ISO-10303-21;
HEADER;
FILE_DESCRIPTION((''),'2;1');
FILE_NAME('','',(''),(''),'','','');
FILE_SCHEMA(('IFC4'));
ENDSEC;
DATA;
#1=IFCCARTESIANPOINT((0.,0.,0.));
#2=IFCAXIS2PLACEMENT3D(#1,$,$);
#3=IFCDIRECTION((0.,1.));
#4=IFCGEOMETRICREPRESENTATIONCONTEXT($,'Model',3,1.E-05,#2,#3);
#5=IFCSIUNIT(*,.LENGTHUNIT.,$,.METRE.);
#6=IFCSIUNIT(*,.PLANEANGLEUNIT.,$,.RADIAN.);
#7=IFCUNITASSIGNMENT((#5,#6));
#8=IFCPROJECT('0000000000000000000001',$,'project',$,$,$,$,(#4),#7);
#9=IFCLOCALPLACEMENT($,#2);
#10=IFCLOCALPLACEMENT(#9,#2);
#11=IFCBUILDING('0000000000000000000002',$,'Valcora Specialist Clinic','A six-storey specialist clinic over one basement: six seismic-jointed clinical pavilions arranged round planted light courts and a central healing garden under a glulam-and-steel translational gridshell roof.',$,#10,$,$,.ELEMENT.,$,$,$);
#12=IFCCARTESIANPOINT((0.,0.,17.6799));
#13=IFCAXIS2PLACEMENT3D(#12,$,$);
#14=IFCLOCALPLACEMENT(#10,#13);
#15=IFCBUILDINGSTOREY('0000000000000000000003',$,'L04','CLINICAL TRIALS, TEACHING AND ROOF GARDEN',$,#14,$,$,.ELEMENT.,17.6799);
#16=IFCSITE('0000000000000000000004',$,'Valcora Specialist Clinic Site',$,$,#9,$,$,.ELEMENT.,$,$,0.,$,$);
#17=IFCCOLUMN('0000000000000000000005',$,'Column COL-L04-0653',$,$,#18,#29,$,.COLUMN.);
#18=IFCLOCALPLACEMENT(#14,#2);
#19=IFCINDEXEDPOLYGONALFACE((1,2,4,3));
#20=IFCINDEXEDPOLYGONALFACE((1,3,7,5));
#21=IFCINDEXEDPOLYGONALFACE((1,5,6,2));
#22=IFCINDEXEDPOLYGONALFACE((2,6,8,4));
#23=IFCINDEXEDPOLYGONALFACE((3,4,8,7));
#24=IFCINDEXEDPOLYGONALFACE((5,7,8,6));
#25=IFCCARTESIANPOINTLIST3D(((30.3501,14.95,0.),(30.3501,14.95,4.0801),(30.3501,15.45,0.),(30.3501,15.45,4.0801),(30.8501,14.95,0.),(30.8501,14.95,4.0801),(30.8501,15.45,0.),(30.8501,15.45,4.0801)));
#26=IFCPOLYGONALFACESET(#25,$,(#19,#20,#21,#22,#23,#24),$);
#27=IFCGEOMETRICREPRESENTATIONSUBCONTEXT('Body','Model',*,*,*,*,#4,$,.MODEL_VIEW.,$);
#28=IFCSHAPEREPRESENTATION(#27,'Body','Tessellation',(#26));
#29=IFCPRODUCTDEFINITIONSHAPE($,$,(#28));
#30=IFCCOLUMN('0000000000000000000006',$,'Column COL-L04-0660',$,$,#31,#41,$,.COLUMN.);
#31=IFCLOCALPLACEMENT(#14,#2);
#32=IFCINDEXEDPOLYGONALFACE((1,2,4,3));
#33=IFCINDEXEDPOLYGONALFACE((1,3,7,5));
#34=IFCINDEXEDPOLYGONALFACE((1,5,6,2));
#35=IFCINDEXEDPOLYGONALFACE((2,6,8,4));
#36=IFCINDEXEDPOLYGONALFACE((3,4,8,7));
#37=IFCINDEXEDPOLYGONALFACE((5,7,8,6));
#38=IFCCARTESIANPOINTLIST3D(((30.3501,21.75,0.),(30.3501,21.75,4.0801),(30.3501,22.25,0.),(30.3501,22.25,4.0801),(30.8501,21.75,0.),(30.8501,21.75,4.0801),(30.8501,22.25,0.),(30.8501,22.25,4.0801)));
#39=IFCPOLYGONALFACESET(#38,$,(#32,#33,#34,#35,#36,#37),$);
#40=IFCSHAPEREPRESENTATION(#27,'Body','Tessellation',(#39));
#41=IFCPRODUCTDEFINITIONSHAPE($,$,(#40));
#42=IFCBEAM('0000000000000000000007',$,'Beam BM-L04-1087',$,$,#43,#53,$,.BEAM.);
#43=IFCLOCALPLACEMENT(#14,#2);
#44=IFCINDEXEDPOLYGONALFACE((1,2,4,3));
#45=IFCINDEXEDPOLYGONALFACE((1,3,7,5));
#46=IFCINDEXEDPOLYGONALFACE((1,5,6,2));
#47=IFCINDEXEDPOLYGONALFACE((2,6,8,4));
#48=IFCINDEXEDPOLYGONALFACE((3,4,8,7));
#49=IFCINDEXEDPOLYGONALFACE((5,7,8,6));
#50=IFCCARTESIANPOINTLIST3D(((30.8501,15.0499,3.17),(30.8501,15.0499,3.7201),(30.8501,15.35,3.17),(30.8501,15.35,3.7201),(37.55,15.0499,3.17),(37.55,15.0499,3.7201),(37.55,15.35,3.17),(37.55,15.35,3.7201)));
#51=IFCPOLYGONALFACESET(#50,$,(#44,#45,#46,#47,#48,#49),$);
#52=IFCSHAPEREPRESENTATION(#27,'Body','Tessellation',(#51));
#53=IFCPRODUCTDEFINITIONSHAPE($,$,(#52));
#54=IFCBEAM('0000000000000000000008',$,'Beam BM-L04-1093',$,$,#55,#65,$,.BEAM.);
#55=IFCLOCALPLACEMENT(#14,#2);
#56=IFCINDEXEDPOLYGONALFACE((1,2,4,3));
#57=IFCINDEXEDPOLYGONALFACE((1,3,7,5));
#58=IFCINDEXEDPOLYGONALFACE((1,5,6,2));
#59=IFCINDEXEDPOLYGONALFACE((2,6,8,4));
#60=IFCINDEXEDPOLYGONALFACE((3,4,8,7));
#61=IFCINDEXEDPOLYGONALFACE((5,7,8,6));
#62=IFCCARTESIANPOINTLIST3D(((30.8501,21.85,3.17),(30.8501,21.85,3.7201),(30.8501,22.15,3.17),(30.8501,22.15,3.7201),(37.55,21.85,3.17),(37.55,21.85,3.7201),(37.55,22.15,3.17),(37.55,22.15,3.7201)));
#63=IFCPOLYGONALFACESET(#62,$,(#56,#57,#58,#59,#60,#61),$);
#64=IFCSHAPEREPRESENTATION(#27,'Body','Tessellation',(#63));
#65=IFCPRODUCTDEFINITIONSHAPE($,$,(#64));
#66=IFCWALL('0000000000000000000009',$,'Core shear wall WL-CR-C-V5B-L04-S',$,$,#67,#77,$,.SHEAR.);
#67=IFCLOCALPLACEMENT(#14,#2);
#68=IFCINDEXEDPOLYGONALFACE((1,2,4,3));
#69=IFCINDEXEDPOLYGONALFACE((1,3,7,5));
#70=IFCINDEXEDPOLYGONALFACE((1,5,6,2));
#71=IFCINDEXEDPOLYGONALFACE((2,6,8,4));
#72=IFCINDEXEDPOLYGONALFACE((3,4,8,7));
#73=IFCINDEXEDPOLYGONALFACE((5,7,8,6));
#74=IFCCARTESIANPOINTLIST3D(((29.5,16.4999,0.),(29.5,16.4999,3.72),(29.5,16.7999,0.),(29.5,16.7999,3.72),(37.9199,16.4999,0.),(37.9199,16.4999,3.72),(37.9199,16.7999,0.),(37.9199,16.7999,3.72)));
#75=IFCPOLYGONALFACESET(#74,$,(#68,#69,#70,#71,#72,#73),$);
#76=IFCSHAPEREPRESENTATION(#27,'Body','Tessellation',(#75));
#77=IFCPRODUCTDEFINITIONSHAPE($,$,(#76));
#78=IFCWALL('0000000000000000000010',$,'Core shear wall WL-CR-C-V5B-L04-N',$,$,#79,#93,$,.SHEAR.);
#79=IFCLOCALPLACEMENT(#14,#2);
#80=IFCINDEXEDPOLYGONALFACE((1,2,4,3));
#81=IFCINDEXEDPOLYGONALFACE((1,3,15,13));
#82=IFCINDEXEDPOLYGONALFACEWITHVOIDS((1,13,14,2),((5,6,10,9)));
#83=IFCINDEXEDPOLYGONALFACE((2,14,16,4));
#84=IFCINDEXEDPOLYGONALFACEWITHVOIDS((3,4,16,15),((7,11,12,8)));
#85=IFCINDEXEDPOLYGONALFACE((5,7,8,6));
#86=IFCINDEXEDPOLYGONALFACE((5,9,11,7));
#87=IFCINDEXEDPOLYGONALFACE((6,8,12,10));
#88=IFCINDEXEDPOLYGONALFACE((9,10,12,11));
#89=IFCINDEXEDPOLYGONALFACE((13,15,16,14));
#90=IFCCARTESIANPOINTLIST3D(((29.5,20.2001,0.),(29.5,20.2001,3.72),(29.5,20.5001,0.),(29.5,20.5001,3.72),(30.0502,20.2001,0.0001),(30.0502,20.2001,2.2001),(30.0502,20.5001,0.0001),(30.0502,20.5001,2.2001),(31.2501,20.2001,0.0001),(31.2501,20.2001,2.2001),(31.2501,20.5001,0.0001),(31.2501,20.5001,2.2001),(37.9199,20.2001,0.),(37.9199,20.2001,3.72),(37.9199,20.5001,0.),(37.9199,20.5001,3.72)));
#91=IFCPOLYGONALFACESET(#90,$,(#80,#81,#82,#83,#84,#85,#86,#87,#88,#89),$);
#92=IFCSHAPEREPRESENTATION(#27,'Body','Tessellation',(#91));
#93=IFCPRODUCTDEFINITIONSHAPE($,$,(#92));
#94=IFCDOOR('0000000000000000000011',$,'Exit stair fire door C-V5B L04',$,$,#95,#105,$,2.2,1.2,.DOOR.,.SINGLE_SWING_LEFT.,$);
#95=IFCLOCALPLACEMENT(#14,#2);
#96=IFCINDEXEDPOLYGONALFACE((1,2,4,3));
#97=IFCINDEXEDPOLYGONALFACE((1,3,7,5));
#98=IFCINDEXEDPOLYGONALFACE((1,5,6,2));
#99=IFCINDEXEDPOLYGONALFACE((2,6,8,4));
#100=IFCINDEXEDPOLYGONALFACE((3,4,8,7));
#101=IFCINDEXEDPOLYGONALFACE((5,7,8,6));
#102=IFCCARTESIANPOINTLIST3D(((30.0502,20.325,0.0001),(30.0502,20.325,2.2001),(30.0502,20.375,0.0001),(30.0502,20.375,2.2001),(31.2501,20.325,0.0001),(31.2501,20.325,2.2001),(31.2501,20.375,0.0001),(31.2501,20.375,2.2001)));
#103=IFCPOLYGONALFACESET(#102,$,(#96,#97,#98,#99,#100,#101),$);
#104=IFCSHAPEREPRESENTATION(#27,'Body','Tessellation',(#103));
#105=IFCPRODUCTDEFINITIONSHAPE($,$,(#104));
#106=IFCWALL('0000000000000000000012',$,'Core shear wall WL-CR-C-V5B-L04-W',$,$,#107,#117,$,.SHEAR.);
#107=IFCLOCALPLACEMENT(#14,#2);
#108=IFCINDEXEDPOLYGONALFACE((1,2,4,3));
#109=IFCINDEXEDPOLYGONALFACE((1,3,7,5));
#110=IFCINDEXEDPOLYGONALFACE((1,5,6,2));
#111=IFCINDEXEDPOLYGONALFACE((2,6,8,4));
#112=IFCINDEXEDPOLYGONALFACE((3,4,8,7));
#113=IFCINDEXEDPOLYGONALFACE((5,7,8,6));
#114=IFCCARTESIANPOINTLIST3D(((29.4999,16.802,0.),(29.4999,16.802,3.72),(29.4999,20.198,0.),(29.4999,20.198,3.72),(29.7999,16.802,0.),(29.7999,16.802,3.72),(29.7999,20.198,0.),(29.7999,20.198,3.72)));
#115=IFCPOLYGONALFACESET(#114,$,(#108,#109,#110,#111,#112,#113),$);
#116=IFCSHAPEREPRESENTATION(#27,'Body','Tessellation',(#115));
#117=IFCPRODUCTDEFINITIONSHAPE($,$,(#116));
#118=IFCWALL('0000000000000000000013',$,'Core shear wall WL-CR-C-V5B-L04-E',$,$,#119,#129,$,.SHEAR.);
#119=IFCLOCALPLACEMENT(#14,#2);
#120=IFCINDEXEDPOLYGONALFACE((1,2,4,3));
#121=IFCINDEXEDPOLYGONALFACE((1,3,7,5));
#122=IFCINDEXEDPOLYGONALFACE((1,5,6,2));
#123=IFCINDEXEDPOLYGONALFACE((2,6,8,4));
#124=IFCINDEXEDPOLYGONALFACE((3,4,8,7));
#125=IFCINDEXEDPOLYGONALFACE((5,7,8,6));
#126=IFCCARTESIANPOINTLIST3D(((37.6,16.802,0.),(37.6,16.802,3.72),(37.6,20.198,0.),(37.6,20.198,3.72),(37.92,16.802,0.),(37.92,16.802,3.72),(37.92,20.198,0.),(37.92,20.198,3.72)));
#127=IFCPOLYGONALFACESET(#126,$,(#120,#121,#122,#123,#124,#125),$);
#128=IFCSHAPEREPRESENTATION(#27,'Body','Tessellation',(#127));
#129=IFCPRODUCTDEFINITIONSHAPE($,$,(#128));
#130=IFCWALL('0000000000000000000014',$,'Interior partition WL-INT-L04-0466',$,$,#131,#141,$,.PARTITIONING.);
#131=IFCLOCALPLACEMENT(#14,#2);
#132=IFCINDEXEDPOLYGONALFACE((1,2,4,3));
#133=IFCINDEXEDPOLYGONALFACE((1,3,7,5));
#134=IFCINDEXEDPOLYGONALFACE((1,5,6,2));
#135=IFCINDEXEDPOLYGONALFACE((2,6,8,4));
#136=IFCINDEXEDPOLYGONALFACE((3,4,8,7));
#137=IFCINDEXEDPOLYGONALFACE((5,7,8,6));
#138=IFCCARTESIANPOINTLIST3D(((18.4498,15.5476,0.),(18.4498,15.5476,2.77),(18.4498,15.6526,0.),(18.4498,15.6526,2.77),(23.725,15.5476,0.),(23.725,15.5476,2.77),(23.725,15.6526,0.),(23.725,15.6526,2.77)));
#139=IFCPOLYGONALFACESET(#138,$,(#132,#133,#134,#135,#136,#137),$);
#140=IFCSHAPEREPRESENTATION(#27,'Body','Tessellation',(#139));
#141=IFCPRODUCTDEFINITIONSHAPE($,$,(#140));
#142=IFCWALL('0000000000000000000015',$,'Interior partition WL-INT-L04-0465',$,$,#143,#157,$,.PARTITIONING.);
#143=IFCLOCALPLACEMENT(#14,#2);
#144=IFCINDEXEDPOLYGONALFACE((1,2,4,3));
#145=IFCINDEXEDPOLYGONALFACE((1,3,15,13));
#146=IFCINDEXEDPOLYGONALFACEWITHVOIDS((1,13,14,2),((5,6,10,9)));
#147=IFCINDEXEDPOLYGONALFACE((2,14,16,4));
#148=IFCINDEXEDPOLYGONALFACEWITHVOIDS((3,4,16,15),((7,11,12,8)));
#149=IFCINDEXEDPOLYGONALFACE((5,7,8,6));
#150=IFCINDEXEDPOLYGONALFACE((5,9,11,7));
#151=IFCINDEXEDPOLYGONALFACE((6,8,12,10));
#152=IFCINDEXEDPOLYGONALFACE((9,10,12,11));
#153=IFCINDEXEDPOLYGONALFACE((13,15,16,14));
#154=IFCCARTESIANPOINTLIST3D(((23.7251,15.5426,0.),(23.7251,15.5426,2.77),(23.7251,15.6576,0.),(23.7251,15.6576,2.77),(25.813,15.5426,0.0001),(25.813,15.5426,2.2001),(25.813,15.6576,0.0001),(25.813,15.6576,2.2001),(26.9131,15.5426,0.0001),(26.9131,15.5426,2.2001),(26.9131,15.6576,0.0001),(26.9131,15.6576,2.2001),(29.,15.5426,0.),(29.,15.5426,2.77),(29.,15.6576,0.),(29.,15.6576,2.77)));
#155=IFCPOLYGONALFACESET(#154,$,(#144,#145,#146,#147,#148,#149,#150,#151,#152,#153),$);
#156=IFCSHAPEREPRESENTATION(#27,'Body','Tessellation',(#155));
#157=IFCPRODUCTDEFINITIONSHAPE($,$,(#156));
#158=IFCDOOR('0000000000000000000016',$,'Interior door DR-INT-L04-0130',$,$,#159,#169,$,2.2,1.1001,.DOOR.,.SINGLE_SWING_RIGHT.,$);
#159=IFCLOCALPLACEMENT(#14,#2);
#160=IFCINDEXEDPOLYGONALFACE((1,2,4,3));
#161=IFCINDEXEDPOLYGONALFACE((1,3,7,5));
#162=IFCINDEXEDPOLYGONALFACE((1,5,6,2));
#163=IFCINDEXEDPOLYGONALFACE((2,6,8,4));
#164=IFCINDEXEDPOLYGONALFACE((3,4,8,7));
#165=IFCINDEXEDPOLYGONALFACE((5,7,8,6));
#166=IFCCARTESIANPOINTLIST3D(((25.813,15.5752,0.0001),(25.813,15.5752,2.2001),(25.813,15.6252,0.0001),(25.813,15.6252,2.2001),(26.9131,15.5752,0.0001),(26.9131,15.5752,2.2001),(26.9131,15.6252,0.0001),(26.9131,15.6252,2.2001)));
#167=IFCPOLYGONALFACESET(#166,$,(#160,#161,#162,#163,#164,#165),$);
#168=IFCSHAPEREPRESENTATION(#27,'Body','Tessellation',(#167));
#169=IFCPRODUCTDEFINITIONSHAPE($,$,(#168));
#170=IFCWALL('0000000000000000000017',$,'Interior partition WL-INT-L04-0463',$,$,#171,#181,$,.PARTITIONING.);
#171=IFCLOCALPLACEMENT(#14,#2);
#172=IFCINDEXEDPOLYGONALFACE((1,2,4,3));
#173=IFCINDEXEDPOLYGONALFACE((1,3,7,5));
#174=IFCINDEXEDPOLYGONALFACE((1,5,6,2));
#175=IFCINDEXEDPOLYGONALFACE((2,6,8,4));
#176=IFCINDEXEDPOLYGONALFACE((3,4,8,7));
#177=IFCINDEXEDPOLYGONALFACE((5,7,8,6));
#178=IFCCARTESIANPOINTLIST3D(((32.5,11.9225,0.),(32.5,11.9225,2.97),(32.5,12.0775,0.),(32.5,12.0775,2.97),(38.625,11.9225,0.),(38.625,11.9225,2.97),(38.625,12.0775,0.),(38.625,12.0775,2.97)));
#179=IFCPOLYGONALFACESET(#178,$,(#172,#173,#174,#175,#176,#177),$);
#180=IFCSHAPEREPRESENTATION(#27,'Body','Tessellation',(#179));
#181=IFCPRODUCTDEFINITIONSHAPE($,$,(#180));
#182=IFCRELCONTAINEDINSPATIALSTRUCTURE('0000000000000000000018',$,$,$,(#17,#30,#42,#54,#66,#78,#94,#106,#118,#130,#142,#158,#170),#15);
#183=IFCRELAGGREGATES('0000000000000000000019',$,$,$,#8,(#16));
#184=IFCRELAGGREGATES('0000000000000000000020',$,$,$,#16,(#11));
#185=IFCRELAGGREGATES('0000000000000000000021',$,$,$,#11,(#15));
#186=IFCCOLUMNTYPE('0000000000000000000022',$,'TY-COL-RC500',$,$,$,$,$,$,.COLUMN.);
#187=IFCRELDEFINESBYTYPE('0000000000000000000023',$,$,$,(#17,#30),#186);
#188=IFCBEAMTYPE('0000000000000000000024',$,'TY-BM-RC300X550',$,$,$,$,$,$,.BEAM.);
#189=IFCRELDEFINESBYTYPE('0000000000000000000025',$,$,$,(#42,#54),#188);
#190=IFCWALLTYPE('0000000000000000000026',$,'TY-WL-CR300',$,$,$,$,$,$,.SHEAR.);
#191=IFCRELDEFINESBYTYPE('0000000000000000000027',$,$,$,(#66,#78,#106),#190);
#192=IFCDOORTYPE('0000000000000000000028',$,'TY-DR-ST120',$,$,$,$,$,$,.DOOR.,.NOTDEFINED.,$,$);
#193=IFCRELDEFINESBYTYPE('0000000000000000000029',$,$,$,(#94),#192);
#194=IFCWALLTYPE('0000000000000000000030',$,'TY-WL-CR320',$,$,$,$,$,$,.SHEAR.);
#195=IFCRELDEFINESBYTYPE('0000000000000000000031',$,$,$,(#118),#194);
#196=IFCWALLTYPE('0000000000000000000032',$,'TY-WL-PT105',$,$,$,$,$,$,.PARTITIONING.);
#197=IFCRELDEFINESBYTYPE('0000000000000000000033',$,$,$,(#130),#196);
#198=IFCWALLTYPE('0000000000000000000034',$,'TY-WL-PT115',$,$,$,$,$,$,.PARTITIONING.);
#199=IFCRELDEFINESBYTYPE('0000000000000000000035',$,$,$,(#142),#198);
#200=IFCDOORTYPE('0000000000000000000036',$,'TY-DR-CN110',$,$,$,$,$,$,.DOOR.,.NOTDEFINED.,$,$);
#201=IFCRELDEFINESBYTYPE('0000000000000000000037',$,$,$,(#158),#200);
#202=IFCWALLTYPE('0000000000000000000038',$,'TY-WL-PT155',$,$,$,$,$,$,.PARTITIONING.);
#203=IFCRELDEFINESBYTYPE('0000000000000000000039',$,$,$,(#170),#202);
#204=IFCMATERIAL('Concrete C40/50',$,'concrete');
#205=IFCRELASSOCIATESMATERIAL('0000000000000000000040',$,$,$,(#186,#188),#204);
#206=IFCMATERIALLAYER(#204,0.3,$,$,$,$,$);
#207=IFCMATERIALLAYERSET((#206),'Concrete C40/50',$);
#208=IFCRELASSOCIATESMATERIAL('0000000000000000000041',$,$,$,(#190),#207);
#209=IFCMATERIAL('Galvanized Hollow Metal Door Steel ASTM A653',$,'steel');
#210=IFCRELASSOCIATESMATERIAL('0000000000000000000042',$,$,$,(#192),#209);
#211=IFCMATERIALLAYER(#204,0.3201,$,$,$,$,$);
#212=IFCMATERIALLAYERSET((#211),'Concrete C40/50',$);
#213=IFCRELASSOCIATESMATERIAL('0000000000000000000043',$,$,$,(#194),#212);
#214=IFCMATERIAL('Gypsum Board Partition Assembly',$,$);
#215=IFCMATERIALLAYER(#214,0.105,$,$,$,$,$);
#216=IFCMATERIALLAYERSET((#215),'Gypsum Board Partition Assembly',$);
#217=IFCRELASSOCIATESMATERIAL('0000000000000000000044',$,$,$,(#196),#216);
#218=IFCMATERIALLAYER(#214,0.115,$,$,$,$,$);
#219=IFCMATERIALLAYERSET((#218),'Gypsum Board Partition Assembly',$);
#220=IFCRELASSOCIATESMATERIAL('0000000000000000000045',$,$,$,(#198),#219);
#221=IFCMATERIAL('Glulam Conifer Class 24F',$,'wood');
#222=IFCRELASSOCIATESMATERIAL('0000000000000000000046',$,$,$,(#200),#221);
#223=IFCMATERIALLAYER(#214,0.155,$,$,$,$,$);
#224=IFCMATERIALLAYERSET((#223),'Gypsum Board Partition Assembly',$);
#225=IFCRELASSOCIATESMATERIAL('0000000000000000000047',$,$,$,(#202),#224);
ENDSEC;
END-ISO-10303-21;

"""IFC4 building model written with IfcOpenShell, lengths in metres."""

from ifc_helpers import new_model, si_unit, direction, frame, frame_2d, origin, origin_2d, place, context, subcontext, project, spatial, rectangle, extrude, material, layer, layer_set, material_profile, profile_set, type_object, element, fill, save


model = new_model("IFC4")

# Units and contexts
model_context = context("Model", 3, precision=1e-05, world=origin(), true_north=direction((0.0, 1.0)))
body_context = subcontext(model_context, "Body", "Model", "MODEL_VIEW")
ifc_project = project(units=[si_unit("LENGTHUNIT", "METRE"), si_unit("PLANEANGLEUNIT", "RADIAN")], contexts=[model_context])

# Site, building, storey
site_placement = place(None, origin())
site = spatial("IfcSite", under=ifc_project, at=site_placement, Name="Valcora Specialist Clinic Site", CompositionType="ELEMENT", RefElevation=0.0)
building_placement = place(site_placement, origin())
building = spatial("IfcBuilding", under=site, at=building_placement, Name="Valcora Specialist Clinic", Description="A six-storey specialist clinic over one basement: six seismic-jointed clinical pavilions arranged round planted light courts and a central healing garden under a glulam-and-steel translational gridshell roof.", CompositionType="ELEMENT")
storey_placement = place(building_placement, frame((0.0, 0.0, 17.6799)))
storey = spatial("IfcBuildingStorey", under=building, at=storey_placement, Name="L04", Description="CLINICAL TRIALS, TEACHING AND ROOF GARDEN", CompositionType="ELEMENT", Elevation=17.6799)

# Columns
ifc_material_1 = material(Name="Concrete C40/50", Category="concrete")
ifc_material_profile_1 = material_profile(ifc_material_1, rectangle(XDim=0.5, YDim=0.5, at=origin_2d()), Name="RC-COL-500X500")
ifc_profile_set_1 = profile_set([ifc_material_profile_1], Name="Concrete C40/50")
column_type = type_object("IfcColumnType", Name="TY-COL-RC500", PredefinedType="COLUMN", material=ifc_profile_set_1)
for number, where, z_axis, x_axis, name in (
    (1, (30.6001, 15.2, 0.0), (0.0, 0.0, 1.0), (1.0, 0.0, 0.0), "Column COL-L04-0653"),
    (2, (30.6001, 22.0, 0.0), (0.0, 0.0, 1.0), (1.0, 0.0, 0.0), "Column COL-L04-0660"),
):
    element("IfcColumn", number, at=place(storey_placement, frame(where, z_axis=z_axis, x_axis=x_axis)), inside=storey, type_object=column_type, Name=name, PredefinedType="COLUMN", context=body_context, shape_type="SweptSolid", body=[
        extrude(rectangle(XDim=0.5, YDim=0.5, at=origin_2d()), origin(), (0.0, 0.0, 1.0), 4.0801),
    ])

# Beams
ifc_material_profile_2 = material_profile(ifc_material_1, rectangle(XDim=0.3, YDim=0.55, at=origin_2d()), Name="RC-BM-300X550")
ifc_profile_set_2 = profile_set([ifc_material_profile_2], Name="Concrete C40/50")
beam_type = type_object("IfcBeamType", Name="TY-BM-RC300X550", PredefinedType="BEAM", material=ifc_profile_set_2)
for number, where, z_axis, x_axis, name in (
    (3, (30.8501, 15.2, 3.4451), (1.0, 0.0, 0.0), (0.0, 1.0, 0.0), "Beam BM-L04-1087"),
    (4, (30.8501, 22.0, 3.4451), (1.0, 0.0, 0.0), (0.0, 1.0, 0.0), "Beam BM-L04-1093"),
):
    element("IfcBeam", number, at=place(storey_placement, frame(where, z_axis=z_axis, x_axis=x_axis)), inside=storey, type_object=beam_type, Name=name, PredefinedType="BEAM", context=body_context, shape_type="SweptSolid", body=[
        extrude(rectangle(XDim=0.3, YDim=0.55, at=origin_2d()), origin(), (0.0, 0.0, 1.0), 6.7),
    ])

# Wall
ifc_layer_1 = layer(ifc_material_1, 0.3)
ifc_layer_set_1 = layer_set([ifc_layer_1], Name="Concrete C40/50")
wall_type_1 = type_object("IfcWallType", Name="TY-WL-CR300", PredefinedType="SHEAR", material=ifc_layer_set_1)
wall_1_placement = place(storey_placement, frame((29.5, 16.6499, 0.0), z_axis=(0.0, 0.0, 1.0), x_axis=(1.0, 0.0, 0.0)))
element("IfcWall", 5, at=wall_1_placement, inside=storey, type_object=wall_type_1, Name="Core shear wall WL-CR-C-V5B-L04-S", PredefinedType="SHEAR", context=body_context, shape_type="SweptSolid", body=[
    extrude(rectangle(XDim=8.4199, YDim=0.3, at=frame_2d((4.21, 0.0))), origin(), (0.0, 0.0, 1.0), 3.72),
])

# Wall, opening, door
wall_2_placement = place(storey_placement, frame((29.5, 20.3501, 0.0), z_axis=(0.0, 0.0, 1.0), x_axis=(1.0, 0.0, 0.0)))
wall_2 = element("IfcWall", 6, at=wall_2_placement, inside=storey, type_object=wall_type_1, Name="Core shear wall WL-CR-C-V5B-L04-N", PredefinedType="SHEAR", context=body_context, shape_type="SweptSolid", body=[
    extrude(rectangle(XDim=8.4199, YDim=0.3, at=frame_2d((4.21, 0.0))), origin(), (0.0, 0.0, 1.0), 3.72),
])
opening_1_placement = place(wall_2_placement, frame((0.55, 0.0, 0.0)))
opening_1 = element("IfcOpeningElement", 7, at=opening_1_placement, cuts=wall_2, PredefinedType="OPENING", context=body_context, shape_type="SweptSolid", body=[
    extrude(rectangle(XDim=1.2, YDim=2.2, at=frame_2d((0.6001, 1.1001))), frame((0.0, 0.1599, 0.0), z_axis=(0.0, -1.0, 0.0), x_axis=(1.0, 0.0, 0.0)), (0.0, 0.0, 1.0), 0.3201),
])
ifc_material_2 = material(Name="Galvanized Hollow Metal Door Steel ASTM A653", Category="steel")
door_type_1 = type_object("IfcDoorType", Name="TY-DR-ST120", OperationType="NOTDEFINED", PredefinedType="DOOR", material=ifc_material_2)
door_1_placement = place(opening_1_placement, origin())
door_1 = element("IfcDoor", 8, at=door_1_placement, inside=storey, type_object=door_type_1, Name="Exit stair fire door C-V5B L04", OperationType="SINGLE_SWING_LEFT", OverallHeight=2.2, OverallWidth=1.2, PredefinedType="DOOR", context=body_context, shape_type="SweptSolid", body=[
    extrude(rectangle(XDim=1.2, YDim=2.2, at=frame_2d((0.6001, 1.1001))), frame((0.0, 0.0249, 0.0), z_axis=(0.0, -1.0, 0.0), x_axis=(1.0, 0.0, 0.0)), (0.0, 0.0, 1.0), 0.05),
])
fill(opening_1, door_1)

# Walls
wall_3_placement = place(storey_placement, frame((29.6499, 16.802, 0.0), z_axis=(0.0, 0.0, 1.0), x_axis=(0.0, 1.0, 0.0)))
element("IfcWall", 9, at=wall_3_placement, inside=storey, type_object=wall_type_1, Name="Core shear wall WL-CR-C-V5B-L04-W", PredefinedType="SHEAR", context=body_context, shape_type="SweptSolid", body=[
    extrude(rectangle(XDim=3.396, YDim=0.3, at=frame_2d((1.698, 0.0))), origin(), (0.0, 0.0, 1.0), 3.72),
])
ifc_layer_2 = layer(ifc_material_1, 0.3201)
ifc_layer_set_2 = layer_set([ifc_layer_2], Name="Concrete C40/50")
wall_type_2 = type_object("IfcWallType", Name="TY-WL-CR320", PredefinedType="SHEAR", material=ifc_layer_set_2)
wall_4_placement = place(storey_placement, frame((37.76, 16.802, 0.0), z_axis=(0.0, 0.0, 1.0), x_axis=(0.0, 1.0, 0.0)))
element("IfcWall", 10, at=wall_4_placement, inside=storey, type_object=wall_type_2, Name="Core shear wall WL-CR-C-V5B-L04-E", PredefinedType="SHEAR", context=body_context, shape_type="SweptSolid", body=[
    extrude(rectangle(XDim=3.396, YDim=0.3201, at=frame_2d((1.698, 0.0))), origin(), (0.0, 0.0, 1.0), 3.72),
])
ifc_material_3 = material(Name="Gypsum Board Partition Assembly")
ifc_layer_3 = layer(ifc_material_3, 0.105)
ifc_layer_set_3 = layer_set([ifc_layer_3], Name="Gypsum Board Partition Assembly")
wall_type_3 = type_object("IfcWallType", Name="TY-WL-PT105", PredefinedType="PARTITIONING", material=ifc_layer_set_3)
wall_5_placement = place(storey_placement, frame((23.7251, 15.6001, 0.0), z_axis=(0.0, 0.0, 1.0), x_axis=(-1.0, 0.0, 0.0)))
element("IfcWall", 11, at=wall_5_placement, inside=storey, type_object=wall_type_3, Name="Interior partition WL-INT-L04-0466", PredefinedType="PARTITIONING", context=body_context, shape_type="SweptSolid", body=[
    extrude(rectangle(XDim=5.2751, YDim=0.105, at=frame_2d((2.6377, 0.0))), origin(), (0.0, 0.0, 1.0), 2.77),
])

# Wall, opening, door
ifc_layer_4 = layer(ifc_material_3, 0.115)
ifc_layer_set_4 = layer_set([ifc_layer_4], Name="Gypsum Board Partition Assembly")
wall_type_4 = type_object("IfcWallType", Name="TY-WL-PT115", PredefinedType="PARTITIONING", material=ifc_layer_set_4)
wall_6_placement = place(storey_placement, frame((29.0, 15.6001, 0.0), z_axis=(0.0, 0.0, 1.0), x_axis=(-1.0, 0.0, 0.0)))
wall_6 = element("IfcWall", 12, at=wall_6_placement, inside=storey, type_object=wall_type_4, Name="Interior partition WL-INT-L04-0465", PredefinedType="PARTITIONING", context=body_context, shape_type="SweptSolid", body=[
    extrude(rectangle(XDim=5.2749, YDim=0.115, at=frame_2d((2.6375, 0.0))), origin(), (0.0, 0.0, 1.0), 2.77),
])
opening_2_placement = place(wall_6_placement, frame((2.0869, 0.0, 0.0)))
opening_2 = element("IfcOpeningElement", 13, at=opening_2_placement, cuts=wall_6, PredefinedType="OPENING", context=body_context, shape_type="SweptSolid", body=[
    extrude(rectangle(XDim=1.1001, YDim=2.2, at=frame_2d((0.55, 1.1001))), frame((0.0, 0.0674, 0.0), z_axis=(0.0, -1.0, 0.0), x_axis=(1.0, 0.0, 0.0)), (0.0, 0.0, 1.0), 0.135),
])
ifc_material_4 = material(Name="Glulam Conifer Class 24F", Category="wood")
door_type_2 = type_object("IfcDoorType", Name="TY-DR-CN110", OperationType="NOTDEFINED", PredefinedType="DOOR", material=ifc_material_4)
door_2_placement = place(opening_2_placement, origin())
door_2 = element("IfcDoor", 14, at=door_2_placement, inside=storey, type_object=door_type_2, Name="Interior door DR-INT-L04-0130", OperationType="SINGLE_SWING_RIGHT", OverallHeight=2.2, OverallWidth=1.1001, PredefinedType="DOOR", context=body_context, shape_type="SweptSolid", body=[
    extrude(rectangle(XDim=1.1001, YDim=2.2, at=frame_2d((0.55, 1.1001))), frame((0.0, 0.0249, 0.0), z_axis=(0.0, -1.0, 0.0), x_axis=(1.0, 0.0, 0.0)), (0.0, 0.0, 1.0), 0.05),
])
fill(opening_2, door_2)

# Wall
ifc_layer_5 = layer(ifc_material_3, 0.155)
ifc_layer_set_5 = layer_set([ifc_layer_5], Name="Gypsum Board Partition Assembly")
wall_type_5 = type_object("IfcWallType", Name="TY-WL-PT155", PredefinedType="PARTITIONING", material=ifc_layer_set_5)
wall_7_placement = place(storey_placement, frame((32.5, 12.0, 0.0), z_axis=(0.0, 0.0, 1.0), x_axis=(1.0, 0.0, 0.0)))
element("IfcWall", 15, at=wall_7_placement, inside=storey, type_object=wall_type_5, Name="Interior partition WL-INT-L04-0463", PredefinedType="PARTITIONING", context=body_context, shape_type="SweptSolid", body=[
    extrude(rectangle(XDim=6.125, YDim=0.155, at=frame_2d((3.0625, 0.0))), origin(), (0.0, 0.0, 1.0), 2.97),
])

save(model, "model.ifc")
